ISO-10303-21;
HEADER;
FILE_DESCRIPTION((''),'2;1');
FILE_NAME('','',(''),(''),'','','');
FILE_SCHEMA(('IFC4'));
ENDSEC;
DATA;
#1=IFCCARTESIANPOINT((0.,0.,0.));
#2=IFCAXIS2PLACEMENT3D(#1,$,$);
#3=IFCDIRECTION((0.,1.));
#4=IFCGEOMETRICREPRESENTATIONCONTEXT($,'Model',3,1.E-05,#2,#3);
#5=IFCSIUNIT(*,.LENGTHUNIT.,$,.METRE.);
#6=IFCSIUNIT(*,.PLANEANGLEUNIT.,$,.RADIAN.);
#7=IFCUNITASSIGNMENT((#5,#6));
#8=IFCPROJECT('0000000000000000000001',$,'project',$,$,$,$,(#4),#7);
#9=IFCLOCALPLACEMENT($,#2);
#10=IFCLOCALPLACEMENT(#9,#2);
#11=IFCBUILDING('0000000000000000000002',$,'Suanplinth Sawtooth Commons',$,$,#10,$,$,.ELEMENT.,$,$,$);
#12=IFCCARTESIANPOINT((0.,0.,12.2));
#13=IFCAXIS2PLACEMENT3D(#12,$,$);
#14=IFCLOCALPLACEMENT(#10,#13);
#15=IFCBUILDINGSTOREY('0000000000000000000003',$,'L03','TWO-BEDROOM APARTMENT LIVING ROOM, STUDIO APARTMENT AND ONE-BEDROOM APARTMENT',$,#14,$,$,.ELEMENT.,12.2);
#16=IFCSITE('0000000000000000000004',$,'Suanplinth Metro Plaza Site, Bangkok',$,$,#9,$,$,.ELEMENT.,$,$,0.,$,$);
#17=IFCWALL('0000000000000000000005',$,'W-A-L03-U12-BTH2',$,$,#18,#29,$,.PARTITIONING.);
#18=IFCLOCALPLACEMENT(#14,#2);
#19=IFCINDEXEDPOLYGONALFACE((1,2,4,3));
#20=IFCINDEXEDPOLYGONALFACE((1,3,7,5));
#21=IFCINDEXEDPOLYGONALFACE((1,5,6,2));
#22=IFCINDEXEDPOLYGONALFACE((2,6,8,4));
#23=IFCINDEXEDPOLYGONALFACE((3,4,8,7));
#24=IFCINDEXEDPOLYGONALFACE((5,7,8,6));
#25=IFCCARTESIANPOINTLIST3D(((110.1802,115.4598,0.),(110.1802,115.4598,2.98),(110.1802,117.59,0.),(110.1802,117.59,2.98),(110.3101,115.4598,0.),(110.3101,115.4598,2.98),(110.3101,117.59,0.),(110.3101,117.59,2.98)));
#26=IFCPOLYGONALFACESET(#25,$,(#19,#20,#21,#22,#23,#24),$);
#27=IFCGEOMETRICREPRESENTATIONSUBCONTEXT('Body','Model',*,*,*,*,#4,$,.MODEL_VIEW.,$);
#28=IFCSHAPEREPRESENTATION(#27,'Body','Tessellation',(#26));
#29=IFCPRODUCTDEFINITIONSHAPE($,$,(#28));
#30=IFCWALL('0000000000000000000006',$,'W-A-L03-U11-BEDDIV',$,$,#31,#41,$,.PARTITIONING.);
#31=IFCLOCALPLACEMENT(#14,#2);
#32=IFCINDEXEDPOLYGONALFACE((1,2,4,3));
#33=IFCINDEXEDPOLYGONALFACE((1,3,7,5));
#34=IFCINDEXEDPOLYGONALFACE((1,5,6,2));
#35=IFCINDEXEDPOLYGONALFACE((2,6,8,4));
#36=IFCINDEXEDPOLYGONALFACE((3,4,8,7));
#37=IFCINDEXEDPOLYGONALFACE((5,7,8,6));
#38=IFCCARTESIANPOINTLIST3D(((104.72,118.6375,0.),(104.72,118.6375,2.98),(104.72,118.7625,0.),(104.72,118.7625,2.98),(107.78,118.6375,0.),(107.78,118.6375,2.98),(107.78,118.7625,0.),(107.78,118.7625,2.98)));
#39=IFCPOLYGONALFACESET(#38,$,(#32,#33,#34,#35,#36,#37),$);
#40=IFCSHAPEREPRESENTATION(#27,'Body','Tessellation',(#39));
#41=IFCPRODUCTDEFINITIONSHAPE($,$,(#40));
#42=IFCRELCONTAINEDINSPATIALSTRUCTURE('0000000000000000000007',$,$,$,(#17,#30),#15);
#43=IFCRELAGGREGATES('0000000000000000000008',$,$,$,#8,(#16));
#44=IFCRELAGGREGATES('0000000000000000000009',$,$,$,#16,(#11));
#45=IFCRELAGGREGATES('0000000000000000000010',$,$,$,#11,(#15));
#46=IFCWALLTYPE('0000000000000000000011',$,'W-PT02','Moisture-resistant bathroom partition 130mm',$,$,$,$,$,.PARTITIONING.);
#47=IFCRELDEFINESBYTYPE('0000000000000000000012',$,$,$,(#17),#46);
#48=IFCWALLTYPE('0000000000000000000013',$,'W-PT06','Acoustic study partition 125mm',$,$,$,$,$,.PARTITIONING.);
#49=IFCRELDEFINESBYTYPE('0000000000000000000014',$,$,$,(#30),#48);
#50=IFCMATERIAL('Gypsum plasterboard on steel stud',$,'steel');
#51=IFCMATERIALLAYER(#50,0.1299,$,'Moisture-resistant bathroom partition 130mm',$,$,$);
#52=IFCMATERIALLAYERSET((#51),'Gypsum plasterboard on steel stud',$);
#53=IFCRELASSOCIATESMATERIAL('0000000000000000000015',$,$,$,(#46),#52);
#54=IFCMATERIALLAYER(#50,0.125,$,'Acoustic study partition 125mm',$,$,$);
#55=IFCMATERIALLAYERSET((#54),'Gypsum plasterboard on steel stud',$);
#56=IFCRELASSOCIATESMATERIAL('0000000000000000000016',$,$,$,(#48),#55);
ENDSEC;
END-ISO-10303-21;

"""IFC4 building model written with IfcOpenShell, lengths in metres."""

from ifc_helpers import new_model, si_unit, direction, frame, frame_2d, origin, place, context, subcontext, project, spatial, rectangle, extrude, material, layer, layer_set, type_object, element, save


model = new_model("IFC4")

# Units and contexts
model_context = context("Model", 3, precision=1e-05, world=origin(), true_north=direction((0.0, 1.0)))
body_context = subcontext(model_context, "Body", "Model", "MODEL_VIEW")
ifc_project = project(units=[si_unit("LENGTHUNIT", "METRE"), si_unit("PLANEANGLEUNIT", "RADIAN")], contexts=[model_context])

# Site, building, storey
site_placement = place(None, origin())
site = spatial("IfcSite", under=ifc_project, at=site_placement, Name="Suanplinth Metro Plaza Site, Bangkok", CompositionType="ELEMENT", RefElevation=0.0)
building_placement = place(site_placement, origin())
building = spatial("IfcBuilding", under=site, at=building_placement, Name="Suanplinth Sawtooth Commons", CompositionType="ELEMENT")
storey_placement = place(building_placement, frame((0.0, 0.0, 12.2)))
storey = spatial("IfcBuildingStorey", under=building, at=storey_placement, Name="L03", Description="TWO-BEDROOM APARTMENT LIVING ROOM, STUDIO APARTMENT AND ONE-BEDROOM APARTMENT", CompositionType="ELEMENT", Elevation=12.2)

# Shared definitions
ifc_material_1 = material(Name="Gypsum plasterboard on steel stud", Category="steel")

# Shared definitions
ifc_layer_1 = layer(ifc_material_1, 0.1299, Name="Moisture-resistant bathroom partition 130mm")
ifc_layer_set_1 = layer_set([ifc_layer_1], Name="Gypsum plasterboard on steel stud")
wall_type_1 = type_object("IfcWallType", Name="W-PT02", Description="Moisture-resistant bathroom partition 130mm", PredefinedType="PARTITIONING", material=ifc_layer_set_1)

# Walls
wall_1_placement = place(storey_placement, frame((110.2451, 115.46, 0.0), z_axis=(0.0, 0.0, 1.0), x_axis=(0.0, 1.0, 0.0)))
element("IfcWall", 1, at=wall_1_placement, inside=storey, type_object=wall_type_1, Name="W-A-L03-U12-BTH2", PredefinedType="PARTITIONING", context=body_context, shape_type="SweptSolid", body=[
    extrude(rectangle(XDim=2.1301, YDim=0.1299, at=frame_2d((1.0649, 0.0))), origin(), (0.0, 0.0, 1.0), 2.98),
])
ifc_layer_2 = layer(ifc_material_1, 0.125, Name="Acoustic study partition 125mm")
ifc_layer_set_2 = layer_set([ifc_layer_2], Name="Gypsum plasterboard on steel stud")
wall_type_2 = type_object("IfcWallType", Name="W-PT06", Description="Acoustic study partition 125mm", PredefinedType="PARTITIONING", material=ifc_layer_set_2)
wall_2_placement = place(storey_placement, frame((104.72, 118.7, 0.0), z_axis=(0.0, 0.0, 1.0), x_axis=(1.0, 0.0, 0.0)))
element("IfcWall", 2, at=wall_2_placement, inside=storey, type_object=wall_type_2, Name="W-A-L03-U11-BEDDIV", PredefinedType="PARTITIONING", context=body_context, shape_type="SweptSolid", body=[
    extrude(rectangle(XDim=3.0601, YDim=0.125, at=frame_2d((1.53, 0.0))), origin(), (0.0, 0.0, 1.0), 2.98),
])

save(model, "model.ifc")
